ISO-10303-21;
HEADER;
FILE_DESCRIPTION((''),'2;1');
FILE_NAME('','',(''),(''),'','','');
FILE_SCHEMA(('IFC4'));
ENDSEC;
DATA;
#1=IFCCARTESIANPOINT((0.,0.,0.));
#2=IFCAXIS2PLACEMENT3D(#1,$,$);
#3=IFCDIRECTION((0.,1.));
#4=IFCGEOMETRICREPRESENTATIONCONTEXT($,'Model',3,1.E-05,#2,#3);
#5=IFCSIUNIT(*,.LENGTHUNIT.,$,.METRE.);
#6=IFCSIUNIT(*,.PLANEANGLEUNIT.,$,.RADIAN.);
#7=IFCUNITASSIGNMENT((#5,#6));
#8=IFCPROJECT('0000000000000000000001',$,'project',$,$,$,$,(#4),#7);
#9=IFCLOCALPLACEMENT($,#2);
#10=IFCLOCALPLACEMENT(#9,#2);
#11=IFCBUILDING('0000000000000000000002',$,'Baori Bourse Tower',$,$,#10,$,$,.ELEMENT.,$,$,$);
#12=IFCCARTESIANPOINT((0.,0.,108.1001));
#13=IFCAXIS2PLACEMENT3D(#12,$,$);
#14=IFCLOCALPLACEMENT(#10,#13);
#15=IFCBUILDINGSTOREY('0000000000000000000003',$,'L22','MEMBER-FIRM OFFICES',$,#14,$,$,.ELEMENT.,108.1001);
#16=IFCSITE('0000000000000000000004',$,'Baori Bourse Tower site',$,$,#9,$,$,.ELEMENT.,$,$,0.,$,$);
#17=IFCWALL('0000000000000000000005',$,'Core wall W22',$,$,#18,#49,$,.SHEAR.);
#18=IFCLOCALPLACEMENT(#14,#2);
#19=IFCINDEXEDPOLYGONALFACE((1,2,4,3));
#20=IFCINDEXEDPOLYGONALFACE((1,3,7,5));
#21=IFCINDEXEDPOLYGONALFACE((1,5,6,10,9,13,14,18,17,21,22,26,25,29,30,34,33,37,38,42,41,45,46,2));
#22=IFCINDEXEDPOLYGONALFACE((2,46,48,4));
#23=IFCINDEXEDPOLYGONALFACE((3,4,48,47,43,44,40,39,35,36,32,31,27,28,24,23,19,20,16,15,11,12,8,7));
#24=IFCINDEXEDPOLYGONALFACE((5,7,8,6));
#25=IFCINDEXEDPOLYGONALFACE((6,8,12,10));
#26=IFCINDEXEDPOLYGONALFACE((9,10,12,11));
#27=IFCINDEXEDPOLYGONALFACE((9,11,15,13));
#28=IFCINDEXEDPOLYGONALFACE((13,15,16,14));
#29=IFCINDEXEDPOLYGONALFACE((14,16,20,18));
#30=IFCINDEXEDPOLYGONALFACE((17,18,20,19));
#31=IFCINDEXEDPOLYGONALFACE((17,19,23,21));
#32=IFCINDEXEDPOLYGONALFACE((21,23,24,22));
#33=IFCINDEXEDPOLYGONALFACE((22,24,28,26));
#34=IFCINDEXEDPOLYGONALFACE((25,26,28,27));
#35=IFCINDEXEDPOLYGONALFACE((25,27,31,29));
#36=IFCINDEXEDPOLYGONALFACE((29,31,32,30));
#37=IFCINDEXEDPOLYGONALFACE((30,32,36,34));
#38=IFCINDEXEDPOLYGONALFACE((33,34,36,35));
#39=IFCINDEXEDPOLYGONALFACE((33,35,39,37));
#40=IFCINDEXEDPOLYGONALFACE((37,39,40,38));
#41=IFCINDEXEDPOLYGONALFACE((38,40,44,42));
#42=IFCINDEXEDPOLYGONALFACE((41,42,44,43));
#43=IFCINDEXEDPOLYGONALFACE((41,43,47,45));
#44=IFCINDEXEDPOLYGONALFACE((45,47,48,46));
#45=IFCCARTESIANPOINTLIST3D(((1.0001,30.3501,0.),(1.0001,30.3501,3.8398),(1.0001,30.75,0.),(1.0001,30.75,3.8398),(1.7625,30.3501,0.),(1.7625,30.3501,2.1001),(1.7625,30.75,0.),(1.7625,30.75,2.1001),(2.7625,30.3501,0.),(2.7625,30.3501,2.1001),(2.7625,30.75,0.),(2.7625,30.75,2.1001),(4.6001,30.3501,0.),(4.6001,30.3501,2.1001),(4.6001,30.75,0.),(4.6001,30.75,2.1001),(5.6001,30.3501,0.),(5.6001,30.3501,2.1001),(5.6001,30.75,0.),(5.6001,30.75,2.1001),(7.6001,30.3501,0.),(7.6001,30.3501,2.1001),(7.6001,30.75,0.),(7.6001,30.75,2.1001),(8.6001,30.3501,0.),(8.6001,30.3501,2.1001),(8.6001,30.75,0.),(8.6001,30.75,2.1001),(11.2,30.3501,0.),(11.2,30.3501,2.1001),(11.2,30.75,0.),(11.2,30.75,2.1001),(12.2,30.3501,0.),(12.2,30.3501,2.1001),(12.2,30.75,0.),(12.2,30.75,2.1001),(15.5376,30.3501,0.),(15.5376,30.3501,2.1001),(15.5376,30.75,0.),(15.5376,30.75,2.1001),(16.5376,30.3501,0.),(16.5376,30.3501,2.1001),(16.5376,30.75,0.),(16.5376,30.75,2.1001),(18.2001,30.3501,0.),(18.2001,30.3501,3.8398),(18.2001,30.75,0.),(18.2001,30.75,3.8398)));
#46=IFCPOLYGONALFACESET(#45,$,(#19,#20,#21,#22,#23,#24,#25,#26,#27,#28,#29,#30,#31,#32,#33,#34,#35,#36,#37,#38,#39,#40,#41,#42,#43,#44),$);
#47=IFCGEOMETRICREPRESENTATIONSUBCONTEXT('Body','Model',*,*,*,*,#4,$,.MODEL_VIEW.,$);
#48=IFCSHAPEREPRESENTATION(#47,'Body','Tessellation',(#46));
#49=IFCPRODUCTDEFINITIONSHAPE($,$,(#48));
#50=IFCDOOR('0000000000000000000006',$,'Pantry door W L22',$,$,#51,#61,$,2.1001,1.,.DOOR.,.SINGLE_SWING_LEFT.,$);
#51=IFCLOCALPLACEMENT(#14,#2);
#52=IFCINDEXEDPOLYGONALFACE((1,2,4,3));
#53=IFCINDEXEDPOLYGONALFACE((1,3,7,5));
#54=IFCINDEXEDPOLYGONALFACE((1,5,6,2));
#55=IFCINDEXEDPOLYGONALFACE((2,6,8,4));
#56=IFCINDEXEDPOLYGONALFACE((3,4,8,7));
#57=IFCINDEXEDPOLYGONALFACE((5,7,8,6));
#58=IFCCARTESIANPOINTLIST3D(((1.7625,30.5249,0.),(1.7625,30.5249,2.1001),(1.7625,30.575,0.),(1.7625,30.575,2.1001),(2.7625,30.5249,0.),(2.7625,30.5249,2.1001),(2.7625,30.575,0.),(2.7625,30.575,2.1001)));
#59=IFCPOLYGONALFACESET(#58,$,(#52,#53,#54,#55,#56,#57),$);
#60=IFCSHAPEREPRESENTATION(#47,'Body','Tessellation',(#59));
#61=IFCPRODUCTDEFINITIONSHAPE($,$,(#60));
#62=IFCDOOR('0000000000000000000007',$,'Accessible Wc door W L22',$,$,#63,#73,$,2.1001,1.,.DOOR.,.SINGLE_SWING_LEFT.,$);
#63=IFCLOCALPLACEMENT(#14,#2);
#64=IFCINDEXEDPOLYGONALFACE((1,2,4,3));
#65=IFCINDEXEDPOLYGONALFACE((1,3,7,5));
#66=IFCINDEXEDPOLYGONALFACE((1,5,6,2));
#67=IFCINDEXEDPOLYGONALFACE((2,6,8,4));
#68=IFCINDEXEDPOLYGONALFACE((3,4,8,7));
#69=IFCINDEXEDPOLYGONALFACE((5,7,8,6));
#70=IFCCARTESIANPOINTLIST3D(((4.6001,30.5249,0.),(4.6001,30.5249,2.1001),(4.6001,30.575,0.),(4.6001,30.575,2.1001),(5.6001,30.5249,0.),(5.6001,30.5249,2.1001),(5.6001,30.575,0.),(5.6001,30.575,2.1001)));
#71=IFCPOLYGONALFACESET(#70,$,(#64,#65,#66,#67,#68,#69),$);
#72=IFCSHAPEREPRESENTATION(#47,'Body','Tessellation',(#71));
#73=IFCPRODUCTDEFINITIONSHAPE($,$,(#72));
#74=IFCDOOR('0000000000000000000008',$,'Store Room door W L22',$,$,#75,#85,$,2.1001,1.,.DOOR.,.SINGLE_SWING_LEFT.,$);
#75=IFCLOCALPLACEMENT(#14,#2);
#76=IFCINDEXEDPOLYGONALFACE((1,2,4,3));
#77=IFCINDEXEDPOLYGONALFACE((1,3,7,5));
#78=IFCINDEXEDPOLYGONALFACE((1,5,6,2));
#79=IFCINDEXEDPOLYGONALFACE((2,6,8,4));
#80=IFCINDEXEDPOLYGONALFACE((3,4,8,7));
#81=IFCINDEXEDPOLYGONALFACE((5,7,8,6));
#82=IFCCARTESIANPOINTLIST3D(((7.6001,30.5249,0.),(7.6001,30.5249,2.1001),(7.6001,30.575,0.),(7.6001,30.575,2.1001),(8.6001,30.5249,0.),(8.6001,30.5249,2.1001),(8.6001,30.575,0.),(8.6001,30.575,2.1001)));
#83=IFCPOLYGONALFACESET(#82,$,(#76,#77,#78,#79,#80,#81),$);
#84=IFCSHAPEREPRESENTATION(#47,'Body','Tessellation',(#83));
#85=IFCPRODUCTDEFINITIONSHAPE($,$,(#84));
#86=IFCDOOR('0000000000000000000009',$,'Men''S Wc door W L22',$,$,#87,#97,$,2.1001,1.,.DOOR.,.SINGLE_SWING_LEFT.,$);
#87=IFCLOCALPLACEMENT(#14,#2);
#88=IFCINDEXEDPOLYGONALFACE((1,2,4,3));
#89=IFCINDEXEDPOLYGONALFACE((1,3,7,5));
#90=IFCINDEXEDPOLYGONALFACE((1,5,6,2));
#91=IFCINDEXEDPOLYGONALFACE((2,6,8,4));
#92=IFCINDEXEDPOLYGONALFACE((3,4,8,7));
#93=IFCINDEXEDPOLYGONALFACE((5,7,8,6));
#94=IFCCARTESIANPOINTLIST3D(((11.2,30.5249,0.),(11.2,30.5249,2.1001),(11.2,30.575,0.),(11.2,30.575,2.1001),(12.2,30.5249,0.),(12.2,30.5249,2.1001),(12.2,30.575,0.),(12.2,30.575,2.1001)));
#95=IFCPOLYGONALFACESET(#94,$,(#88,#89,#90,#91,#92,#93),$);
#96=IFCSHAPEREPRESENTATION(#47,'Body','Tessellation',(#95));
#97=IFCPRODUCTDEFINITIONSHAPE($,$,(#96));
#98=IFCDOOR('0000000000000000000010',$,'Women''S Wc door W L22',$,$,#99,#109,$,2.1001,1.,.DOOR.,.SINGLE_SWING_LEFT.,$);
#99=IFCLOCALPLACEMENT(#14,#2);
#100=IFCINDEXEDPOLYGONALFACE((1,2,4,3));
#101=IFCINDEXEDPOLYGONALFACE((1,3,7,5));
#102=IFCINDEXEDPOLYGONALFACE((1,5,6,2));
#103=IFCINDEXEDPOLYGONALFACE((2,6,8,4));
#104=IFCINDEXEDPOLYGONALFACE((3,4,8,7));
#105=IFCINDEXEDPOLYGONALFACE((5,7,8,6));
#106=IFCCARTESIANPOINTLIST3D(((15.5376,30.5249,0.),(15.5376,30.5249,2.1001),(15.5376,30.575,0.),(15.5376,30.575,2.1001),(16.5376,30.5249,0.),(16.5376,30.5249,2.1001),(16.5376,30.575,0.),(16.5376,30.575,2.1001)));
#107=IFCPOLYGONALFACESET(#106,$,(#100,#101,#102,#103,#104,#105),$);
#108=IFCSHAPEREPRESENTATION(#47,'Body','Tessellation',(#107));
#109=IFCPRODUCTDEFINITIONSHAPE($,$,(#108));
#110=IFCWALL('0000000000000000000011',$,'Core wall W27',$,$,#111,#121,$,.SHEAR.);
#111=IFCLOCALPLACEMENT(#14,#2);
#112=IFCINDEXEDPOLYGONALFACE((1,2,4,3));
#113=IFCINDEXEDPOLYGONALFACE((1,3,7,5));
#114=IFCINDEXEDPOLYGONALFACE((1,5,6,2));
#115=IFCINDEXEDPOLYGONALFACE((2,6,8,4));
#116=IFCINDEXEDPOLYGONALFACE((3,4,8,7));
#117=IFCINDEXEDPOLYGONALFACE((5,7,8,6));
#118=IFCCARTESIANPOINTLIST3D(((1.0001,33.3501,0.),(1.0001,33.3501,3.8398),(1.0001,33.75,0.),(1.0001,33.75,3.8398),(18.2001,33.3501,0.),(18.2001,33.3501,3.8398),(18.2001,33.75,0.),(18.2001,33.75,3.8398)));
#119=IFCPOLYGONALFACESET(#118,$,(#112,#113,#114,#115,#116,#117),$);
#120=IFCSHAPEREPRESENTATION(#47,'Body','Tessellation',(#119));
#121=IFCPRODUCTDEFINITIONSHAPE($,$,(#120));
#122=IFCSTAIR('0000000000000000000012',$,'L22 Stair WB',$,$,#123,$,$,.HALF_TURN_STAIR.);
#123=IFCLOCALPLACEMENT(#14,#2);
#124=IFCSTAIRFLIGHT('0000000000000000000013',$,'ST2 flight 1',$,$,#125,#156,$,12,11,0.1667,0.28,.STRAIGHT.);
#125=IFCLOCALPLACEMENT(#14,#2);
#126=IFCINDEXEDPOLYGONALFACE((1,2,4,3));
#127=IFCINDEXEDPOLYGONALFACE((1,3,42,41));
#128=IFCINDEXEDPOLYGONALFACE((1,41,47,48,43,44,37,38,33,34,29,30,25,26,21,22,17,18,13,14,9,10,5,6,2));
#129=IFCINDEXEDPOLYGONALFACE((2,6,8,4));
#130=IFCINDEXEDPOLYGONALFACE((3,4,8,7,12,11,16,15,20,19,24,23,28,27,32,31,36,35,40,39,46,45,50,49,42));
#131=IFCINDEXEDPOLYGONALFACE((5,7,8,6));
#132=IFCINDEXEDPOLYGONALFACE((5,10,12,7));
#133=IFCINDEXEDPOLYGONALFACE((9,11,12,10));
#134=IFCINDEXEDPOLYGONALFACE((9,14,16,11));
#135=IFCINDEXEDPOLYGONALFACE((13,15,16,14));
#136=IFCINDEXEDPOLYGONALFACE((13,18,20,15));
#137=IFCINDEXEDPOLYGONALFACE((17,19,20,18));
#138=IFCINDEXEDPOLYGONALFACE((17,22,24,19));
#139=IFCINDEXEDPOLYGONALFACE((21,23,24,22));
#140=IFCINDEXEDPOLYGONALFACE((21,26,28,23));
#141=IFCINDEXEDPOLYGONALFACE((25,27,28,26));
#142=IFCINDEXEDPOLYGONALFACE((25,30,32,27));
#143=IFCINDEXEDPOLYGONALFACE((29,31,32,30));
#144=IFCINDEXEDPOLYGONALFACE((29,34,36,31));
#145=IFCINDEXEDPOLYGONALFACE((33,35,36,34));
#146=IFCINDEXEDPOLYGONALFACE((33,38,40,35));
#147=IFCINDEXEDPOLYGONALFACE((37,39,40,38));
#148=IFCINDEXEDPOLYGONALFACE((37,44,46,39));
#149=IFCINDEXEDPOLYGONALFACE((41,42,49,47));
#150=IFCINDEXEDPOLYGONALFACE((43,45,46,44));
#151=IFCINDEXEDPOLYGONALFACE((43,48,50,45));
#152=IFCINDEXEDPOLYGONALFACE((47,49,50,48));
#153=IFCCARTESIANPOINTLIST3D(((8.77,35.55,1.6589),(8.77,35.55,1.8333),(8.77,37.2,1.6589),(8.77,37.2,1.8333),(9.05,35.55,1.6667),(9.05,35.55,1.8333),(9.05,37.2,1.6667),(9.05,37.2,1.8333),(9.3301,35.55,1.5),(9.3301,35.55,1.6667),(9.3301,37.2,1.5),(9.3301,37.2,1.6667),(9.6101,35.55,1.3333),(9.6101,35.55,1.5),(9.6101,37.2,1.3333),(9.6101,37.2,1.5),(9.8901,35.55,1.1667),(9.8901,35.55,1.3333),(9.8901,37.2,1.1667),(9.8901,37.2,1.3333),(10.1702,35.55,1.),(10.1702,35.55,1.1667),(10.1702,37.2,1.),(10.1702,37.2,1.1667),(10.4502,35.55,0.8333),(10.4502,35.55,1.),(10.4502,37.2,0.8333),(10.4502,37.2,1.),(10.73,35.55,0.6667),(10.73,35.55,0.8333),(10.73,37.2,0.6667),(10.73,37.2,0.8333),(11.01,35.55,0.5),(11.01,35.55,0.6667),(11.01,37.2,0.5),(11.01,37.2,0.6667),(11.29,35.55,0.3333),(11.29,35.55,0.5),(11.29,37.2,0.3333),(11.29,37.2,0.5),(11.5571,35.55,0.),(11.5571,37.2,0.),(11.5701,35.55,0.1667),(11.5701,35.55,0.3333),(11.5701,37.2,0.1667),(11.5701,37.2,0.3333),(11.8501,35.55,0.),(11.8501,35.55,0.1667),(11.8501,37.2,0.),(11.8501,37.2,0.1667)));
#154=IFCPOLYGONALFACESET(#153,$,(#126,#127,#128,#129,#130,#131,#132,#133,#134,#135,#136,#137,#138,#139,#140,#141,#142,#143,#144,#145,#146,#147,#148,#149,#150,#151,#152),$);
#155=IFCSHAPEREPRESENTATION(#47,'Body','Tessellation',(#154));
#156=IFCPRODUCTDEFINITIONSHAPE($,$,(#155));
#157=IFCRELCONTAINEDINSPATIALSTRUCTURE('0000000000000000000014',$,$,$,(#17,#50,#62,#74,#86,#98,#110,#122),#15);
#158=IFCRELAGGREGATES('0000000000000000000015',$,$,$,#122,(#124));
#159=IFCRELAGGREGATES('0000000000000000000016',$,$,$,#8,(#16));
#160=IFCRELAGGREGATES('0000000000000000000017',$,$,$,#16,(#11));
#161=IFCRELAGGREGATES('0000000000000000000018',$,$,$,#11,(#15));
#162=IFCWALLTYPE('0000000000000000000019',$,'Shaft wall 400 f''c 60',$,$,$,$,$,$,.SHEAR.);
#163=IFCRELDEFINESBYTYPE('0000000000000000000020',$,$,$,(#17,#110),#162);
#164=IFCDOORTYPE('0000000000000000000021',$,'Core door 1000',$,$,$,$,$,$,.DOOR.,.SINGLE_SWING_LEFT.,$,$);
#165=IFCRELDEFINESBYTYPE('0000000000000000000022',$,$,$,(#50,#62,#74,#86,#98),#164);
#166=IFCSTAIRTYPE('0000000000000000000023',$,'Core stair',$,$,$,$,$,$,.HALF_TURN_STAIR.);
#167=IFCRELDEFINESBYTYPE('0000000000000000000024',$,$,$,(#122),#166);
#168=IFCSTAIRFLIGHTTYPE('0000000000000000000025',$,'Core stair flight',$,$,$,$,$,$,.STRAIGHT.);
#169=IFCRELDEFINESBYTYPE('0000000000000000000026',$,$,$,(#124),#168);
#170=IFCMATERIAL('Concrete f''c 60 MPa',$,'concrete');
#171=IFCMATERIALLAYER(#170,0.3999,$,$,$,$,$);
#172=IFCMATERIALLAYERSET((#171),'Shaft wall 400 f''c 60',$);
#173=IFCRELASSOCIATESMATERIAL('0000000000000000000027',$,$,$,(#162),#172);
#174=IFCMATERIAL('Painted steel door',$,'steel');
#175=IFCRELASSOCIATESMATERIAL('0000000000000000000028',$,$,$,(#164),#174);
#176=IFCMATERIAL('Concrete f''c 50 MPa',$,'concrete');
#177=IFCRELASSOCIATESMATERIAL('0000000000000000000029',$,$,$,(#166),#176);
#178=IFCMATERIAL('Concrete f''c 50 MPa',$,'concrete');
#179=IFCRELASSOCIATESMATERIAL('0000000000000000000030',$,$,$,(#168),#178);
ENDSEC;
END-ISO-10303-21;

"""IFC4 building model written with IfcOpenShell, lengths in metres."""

from ifc_helpers import new_model, si_unit, direction, frame, frame_2d, origin, place, context, subcontext, project, spatial, polyline, rectangle, outline, extrude, material, layer, layer_set, type_object, element, fill, aggregate, save


model = new_model("IFC4")

# Units and contexts
model_context = context("Model", 3, precision=1e-05, world=origin(), true_north=direction((0.0, 1.0)))
body_context = subcontext(model_context, "Body", "Model", "MODEL_VIEW")
ifc_project = project(units=[si_unit("LENGTHUNIT", "METRE"), si_unit("PLANEANGLEUNIT", "RADIAN")], contexts=[model_context])

# Site, building, storey
site_placement = place(None, origin())
site = spatial("IfcSite", under=ifc_project, at=site_placement, Name="Baori Bourse Tower site", CompositionType="ELEMENT", RefElevation=0.0)
building_placement = place(site_placement, origin())
building = spatial("IfcBuilding", under=site, at=building_placement, Name="Baori Bourse Tower", CompositionType="ELEMENT")
storey_placement = place(building_placement, frame((0.0, 0.0, 108.1001)))
storey = spatial("IfcBuildingStorey", under=building, at=storey_placement, Name="L22", Description="MEMBER-FIRM OFFICES", CompositionType="ELEMENT", Elevation=108.1001)

# Wall, openings, doors
ifc_material_1 = material(Name="Concrete f'c 60 MPa", Category="concrete")
ifc_layer_1 = layer(ifc_material_1, 0.3999)
ifc_layer_set_1 = layer_set([ifc_layer_1], Name="Shaft wall 400 f'c 60")
wall_type_1 = type_object("IfcWallType", Name="Shaft wall 400 f'c 60", PredefinedType="SHEAR", material=ifc_layer_set_1)
wall_1_placement = place(storey_placement, frame((1.0, 30.55, 0.0), z_axis=(0.0, 0.0, 1.0), x_axis=(1.0, 0.0, 0.0)))
wall_1 = element("IfcWall", 1, at=wall_1_placement, inside=storey, type_object=wall_type_1, Name="Core wall W22", PredefinedType="SHEAR", context=body_context, shape_type="SweptSolid", body=[
    extrude(rectangle(XDim=17.2, YDim=0.3999, at=frame_2d((8.6001, 0.0))), origin(), (0.0, 0.0, 1.0), 3.8398),
])
opening_1_placement = place(wall_1_placement, frame((0.7625, 0.0, 0.0)))
opening_1 = element("IfcOpeningElement", 2, at=opening_1_placement, cuts=wall_1, PredefinedType="OPENING", context=body_context, shape_type="SweptSolid", body=[
    extrude(rectangle(XDim=1.0, YDim=2.1001, at=frame_2d((0.5, 1.05))), frame((0.0, 0.21, 0.0), z_axis=(0.0, -1.0, 0.0), x_axis=(1.0, 0.0, 0.0)), (0.0, 0.0, 1.0), 0.4199),
])
opening_2_placement = place(wall_1_placement, frame((3.6001, 0.0, 0.0)))
opening_2 = element("IfcOpeningElement", 3, at=opening_2_placement, cuts=wall_1, PredefinedType="OPENING", context=body_context, shape_type="SweptSolid", body=[
    extrude(rectangle(XDim=1.0, YDim=2.1001, at=frame_2d((0.5, 1.05))), frame((0.0, 0.21, 0.0), z_axis=(0.0, -1.0, 0.0), x_axis=(1.0, 0.0, 0.0)), (0.0, 0.0, 1.0), 0.4199),
])
opening_3_placement = place(wall_1_placement, frame((6.6001, 0.0, 0.0)))
opening_3 = element("IfcOpeningElement", 4, at=opening_3_placement, cuts=wall_1, PredefinedType="OPENING", context=body_context, shape_type="SweptSolid", body=[
    extrude(rectangle(XDim=1.0, YDim=2.1001, at=frame_2d((0.5, 1.05))), frame((0.0, 0.21, 0.0), z_axis=(0.0, -1.0, 0.0), x_axis=(1.0, 0.0, 0.0)), (0.0, 0.0, 1.0), 0.4199),
])
opening_4_placement = place(wall_1_placement, frame((10.2, 0.0, 0.0)))
opening_4 = element("IfcOpeningElement", 5, at=opening_4_placement, cuts=wall_1, PredefinedType="OPENING", context=body_context, shape_type="SweptSolid", body=[
    extrude(rectangle(XDim=1.0, YDim=2.1001, at=frame_2d((0.5, 1.05))), frame((0.0, 0.21, 0.0), z_axis=(0.0, -1.0, 0.0), x_axis=(1.0, 0.0, 0.0)), (0.0, 0.0, 1.0), 0.4199),
])
opening_5_placement = place(wall_1_placement, frame((14.5376, 0.0, 0.0)))
opening_5 = element("IfcOpeningElement", 6, at=opening_5_placement, cuts=wall_1, PredefinedType="OPENING", context=body_context, shape_type="SweptSolid", body=[
    extrude(rectangle(XDim=1.0, YDim=2.1001, at=frame_2d((0.5, 1.05))), frame((0.0, 0.21, 0.0), z_axis=(0.0, -1.0, 0.0), x_axis=(1.0, 0.0, 0.0)), (0.0, 0.0, 1.0), 0.4199),
])
ifc_material_2 = material(Name="Painted steel door", Category="steel")
door_type_1 = type_object("IfcDoorType", Name="Core door 1000", OperationType="SINGLE_SWING_LEFT", PredefinedType="DOOR", material=ifc_material_2)
door_1_placement = place(opening_1_placement, origin())
door_1 = element("IfcDoor", 7, at=door_1_placement, inside=storey, type_object=door_type_1, Name="Pantry door W L22", OperationType="SINGLE_SWING_LEFT", OverallHeight=2.1001, OverallWidth=1.0, PredefinedType="DOOR", context=body_context, shape_type="SweptSolid", body=[
    extrude(rectangle(XDim=1.0, YDim=2.1001, at=frame_2d((0.5, 1.05))), frame((0.0, 0.0249, 0.0), z_axis=(0.0, -1.0, 0.0), x_axis=(1.0, 0.0, 0.0)), (0.0, 0.0, 1.0), 0.05),
])
fill(opening_1, door_1)
door_2_placement = place(opening_2_placement, origin())
door_2 = element("IfcDoor", 8, at=door_2_placement, inside=storey, type_object=door_type_1, Name="Accessible Wc door W L22", OperationType="SINGLE_SWING_LEFT", OverallHeight=2.1001, OverallWidth=1.0, PredefinedType="DOOR", context=body_context, shape_type="SweptSolid", body=[
    extrude(rectangle(XDim=1.0, YDim=2.1001, at=frame_2d((0.5, 1.05))), frame((0.0, 0.0249, 0.0), z_axis=(0.0, -1.0, 0.0), x_axis=(1.0, 0.0, 0.0)), (0.0, 0.0, 1.0), 0.05),
])
fill(opening_2, door_2)
door_3_placement = place(opening_3_placement, origin())
door_3 = element("IfcDoor", 9, at=door_3_placement, inside=storey, type_object=door_type_1, Name="Store Room door W L22", OperationType="SINGLE_SWING_LEFT", OverallHeight=2.1001, OverallWidth=1.0, PredefinedType="DOOR", context=body_context, shape_type="SweptSolid", body=[
    extrude(rectangle(XDim=1.0, YDim=2.1001, at=frame_2d((0.5, 1.05))), frame((0.0, 0.0249, 0.0), z_axis=(0.0, -1.0, 0.0), x_axis=(1.0, 0.0, 0.0)), (0.0, 0.0, 1.0), 0.05),
])
fill(opening_3, door_3)
door_4_placement = place(opening_4_placement, origin())
door_4 = element("IfcDoor", 10, at=door_4_placement, inside=storey, type_object=door_type_1, Name="Men'S Wc door W L22", OperationType="SINGLE_SWING_LEFT", OverallHeight=2.1001, OverallWidth=1.0, PredefinedType="DOOR", context=body_context, shape_type="SweptSolid", body=[
    extrude(rectangle(XDim=1.0, YDim=2.1001, at=frame_2d((0.5, 1.05))), frame((0.0, 0.0249, 0.0), z_axis=(0.0, -1.0, 0.0), x_axis=(1.0, 0.0, 0.0)), (0.0, 0.0, 1.0), 0.05),
])
fill(opening_4, door_4)
door_5_placement = place(opening_5_placement, origin())
door_5 = element("IfcDoor", 11, at=door_5_placement, inside=storey, type_object=door_type_1, Name="Women'S Wc door W L22", OperationType="SINGLE_SWING_LEFT", OverallHeight=2.1001, OverallWidth=1.0, PredefinedType="DOOR", context=body_context, shape_type="SweptSolid", body=[
    extrude(rectangle(XDim=1.0, YDim=2.1001, at=frame_2d((0.5, 1.05))), frame((0.0, 0.0249, 0.0), z_axis=(0.0, -1.0, 0.0), x_axis=(1.0, 0.0, 0.0)), (0.0, 0.0, 1.0), 0.05),
])
fill(opening_5, door_5)

# Wall
wall_2_placement = place(storey_placement, frame((1.0, 33.55, 0.0), z_axis=(0.0, 0.0, 1.0), x_axis=(1.0, 0.0, 0.0)))
element("IfcWall", 12, at=wall_2_placement, inside=storey, type_object=wall_type_1, Name="Core wall W27", PredefinedType="SHEAR", context=body_context, shape_type="SweptSolid", body=[
    extrude(rectangle(XDim=17.2, YDim=0.3999, at=frame_2d((8.6001, 0.0))), origin(), (0.0, 0.0, 1.0), 3.8398),
])

# Stair, stair flight
ifc_material_3 = material(Name="Concrete f'c 50 MPa", Category="concrete")
stair_type = type_object("IfcStairType", Name="Core stair", PredefinedType="HALF_TURN_STAIR", material=ifc_material_3)
stair_placement = place(storey_placement, origin())
stair = element("IfcStair", 13, at=stair_placement, inside=storey, type_object=stair_type, Name="L22 Stair WB", PredefinedType="HALF_TURN_STAIR")
ifc_material_4 = material(Name="Concrete f'c 50 MPa", Category="concrete")
stair_flight_type = type_object("IfcStairFlightType", Name="Core stair flight", PredefinedType="STRAIGHT", material=ifc_material_4)
stair_flight_1_placement = place(storey_placement, frame((11.8501, 36.375, 0.0), z_axis=(0.0, 0.0, 1.0), x_axis=(-1.0, 0.0, 0.0)))
stair_flight_1 = element("IfcStairFlight", 14, at=stair_flight_1_placement, type_object=stair_flight_type, Name="ST2 flight 1", NumberOfRisers=12, NumberOfTreads=11, PredefinedType="STRAIGHT", RiserHeight=0.1667, TreadLength=0.28, context=body_context, shape_type="SweptSolid", body=[
    extrude(outline(polyline([(0.0, 0.0), (0.0, 0.1667), (0.28, 0.1667), (0.28, 0.3333), (0.5601, 0.3333), (0.5601, 0.5), (0.8401, 0.5), (0.8401, 0.6667), (1.1201, 0.6667), (1.1201, 0.8333), (1.3999, 0.8333), (1.3999, 1.0), (1.6799, 1.0), (1.6799, 1.1667), (1.96, 1.1667), (1.96, 1.3333), (2.24, 1.3333), (2.24, 1.5), (2.52, 1.5), (2.52, 1.6667), (2.8, 1.6667), (2.8, 1.8333), (3.0801, 1.8333), (3.0801, 2.0), (3.0801, 1.6589), (0.293, 0.0), (0.0, 0.0)])), frame((0.0, 0.825, 0.0), z_axis=(0.0, -1.0, 0.0), x_axis=(1.0, 0.0, 0.0)), (0.0, 0.0, 1.0), 1.6499),
])
aggregate(stair, [stair_flight_1])

save(model, "model.ifc")
